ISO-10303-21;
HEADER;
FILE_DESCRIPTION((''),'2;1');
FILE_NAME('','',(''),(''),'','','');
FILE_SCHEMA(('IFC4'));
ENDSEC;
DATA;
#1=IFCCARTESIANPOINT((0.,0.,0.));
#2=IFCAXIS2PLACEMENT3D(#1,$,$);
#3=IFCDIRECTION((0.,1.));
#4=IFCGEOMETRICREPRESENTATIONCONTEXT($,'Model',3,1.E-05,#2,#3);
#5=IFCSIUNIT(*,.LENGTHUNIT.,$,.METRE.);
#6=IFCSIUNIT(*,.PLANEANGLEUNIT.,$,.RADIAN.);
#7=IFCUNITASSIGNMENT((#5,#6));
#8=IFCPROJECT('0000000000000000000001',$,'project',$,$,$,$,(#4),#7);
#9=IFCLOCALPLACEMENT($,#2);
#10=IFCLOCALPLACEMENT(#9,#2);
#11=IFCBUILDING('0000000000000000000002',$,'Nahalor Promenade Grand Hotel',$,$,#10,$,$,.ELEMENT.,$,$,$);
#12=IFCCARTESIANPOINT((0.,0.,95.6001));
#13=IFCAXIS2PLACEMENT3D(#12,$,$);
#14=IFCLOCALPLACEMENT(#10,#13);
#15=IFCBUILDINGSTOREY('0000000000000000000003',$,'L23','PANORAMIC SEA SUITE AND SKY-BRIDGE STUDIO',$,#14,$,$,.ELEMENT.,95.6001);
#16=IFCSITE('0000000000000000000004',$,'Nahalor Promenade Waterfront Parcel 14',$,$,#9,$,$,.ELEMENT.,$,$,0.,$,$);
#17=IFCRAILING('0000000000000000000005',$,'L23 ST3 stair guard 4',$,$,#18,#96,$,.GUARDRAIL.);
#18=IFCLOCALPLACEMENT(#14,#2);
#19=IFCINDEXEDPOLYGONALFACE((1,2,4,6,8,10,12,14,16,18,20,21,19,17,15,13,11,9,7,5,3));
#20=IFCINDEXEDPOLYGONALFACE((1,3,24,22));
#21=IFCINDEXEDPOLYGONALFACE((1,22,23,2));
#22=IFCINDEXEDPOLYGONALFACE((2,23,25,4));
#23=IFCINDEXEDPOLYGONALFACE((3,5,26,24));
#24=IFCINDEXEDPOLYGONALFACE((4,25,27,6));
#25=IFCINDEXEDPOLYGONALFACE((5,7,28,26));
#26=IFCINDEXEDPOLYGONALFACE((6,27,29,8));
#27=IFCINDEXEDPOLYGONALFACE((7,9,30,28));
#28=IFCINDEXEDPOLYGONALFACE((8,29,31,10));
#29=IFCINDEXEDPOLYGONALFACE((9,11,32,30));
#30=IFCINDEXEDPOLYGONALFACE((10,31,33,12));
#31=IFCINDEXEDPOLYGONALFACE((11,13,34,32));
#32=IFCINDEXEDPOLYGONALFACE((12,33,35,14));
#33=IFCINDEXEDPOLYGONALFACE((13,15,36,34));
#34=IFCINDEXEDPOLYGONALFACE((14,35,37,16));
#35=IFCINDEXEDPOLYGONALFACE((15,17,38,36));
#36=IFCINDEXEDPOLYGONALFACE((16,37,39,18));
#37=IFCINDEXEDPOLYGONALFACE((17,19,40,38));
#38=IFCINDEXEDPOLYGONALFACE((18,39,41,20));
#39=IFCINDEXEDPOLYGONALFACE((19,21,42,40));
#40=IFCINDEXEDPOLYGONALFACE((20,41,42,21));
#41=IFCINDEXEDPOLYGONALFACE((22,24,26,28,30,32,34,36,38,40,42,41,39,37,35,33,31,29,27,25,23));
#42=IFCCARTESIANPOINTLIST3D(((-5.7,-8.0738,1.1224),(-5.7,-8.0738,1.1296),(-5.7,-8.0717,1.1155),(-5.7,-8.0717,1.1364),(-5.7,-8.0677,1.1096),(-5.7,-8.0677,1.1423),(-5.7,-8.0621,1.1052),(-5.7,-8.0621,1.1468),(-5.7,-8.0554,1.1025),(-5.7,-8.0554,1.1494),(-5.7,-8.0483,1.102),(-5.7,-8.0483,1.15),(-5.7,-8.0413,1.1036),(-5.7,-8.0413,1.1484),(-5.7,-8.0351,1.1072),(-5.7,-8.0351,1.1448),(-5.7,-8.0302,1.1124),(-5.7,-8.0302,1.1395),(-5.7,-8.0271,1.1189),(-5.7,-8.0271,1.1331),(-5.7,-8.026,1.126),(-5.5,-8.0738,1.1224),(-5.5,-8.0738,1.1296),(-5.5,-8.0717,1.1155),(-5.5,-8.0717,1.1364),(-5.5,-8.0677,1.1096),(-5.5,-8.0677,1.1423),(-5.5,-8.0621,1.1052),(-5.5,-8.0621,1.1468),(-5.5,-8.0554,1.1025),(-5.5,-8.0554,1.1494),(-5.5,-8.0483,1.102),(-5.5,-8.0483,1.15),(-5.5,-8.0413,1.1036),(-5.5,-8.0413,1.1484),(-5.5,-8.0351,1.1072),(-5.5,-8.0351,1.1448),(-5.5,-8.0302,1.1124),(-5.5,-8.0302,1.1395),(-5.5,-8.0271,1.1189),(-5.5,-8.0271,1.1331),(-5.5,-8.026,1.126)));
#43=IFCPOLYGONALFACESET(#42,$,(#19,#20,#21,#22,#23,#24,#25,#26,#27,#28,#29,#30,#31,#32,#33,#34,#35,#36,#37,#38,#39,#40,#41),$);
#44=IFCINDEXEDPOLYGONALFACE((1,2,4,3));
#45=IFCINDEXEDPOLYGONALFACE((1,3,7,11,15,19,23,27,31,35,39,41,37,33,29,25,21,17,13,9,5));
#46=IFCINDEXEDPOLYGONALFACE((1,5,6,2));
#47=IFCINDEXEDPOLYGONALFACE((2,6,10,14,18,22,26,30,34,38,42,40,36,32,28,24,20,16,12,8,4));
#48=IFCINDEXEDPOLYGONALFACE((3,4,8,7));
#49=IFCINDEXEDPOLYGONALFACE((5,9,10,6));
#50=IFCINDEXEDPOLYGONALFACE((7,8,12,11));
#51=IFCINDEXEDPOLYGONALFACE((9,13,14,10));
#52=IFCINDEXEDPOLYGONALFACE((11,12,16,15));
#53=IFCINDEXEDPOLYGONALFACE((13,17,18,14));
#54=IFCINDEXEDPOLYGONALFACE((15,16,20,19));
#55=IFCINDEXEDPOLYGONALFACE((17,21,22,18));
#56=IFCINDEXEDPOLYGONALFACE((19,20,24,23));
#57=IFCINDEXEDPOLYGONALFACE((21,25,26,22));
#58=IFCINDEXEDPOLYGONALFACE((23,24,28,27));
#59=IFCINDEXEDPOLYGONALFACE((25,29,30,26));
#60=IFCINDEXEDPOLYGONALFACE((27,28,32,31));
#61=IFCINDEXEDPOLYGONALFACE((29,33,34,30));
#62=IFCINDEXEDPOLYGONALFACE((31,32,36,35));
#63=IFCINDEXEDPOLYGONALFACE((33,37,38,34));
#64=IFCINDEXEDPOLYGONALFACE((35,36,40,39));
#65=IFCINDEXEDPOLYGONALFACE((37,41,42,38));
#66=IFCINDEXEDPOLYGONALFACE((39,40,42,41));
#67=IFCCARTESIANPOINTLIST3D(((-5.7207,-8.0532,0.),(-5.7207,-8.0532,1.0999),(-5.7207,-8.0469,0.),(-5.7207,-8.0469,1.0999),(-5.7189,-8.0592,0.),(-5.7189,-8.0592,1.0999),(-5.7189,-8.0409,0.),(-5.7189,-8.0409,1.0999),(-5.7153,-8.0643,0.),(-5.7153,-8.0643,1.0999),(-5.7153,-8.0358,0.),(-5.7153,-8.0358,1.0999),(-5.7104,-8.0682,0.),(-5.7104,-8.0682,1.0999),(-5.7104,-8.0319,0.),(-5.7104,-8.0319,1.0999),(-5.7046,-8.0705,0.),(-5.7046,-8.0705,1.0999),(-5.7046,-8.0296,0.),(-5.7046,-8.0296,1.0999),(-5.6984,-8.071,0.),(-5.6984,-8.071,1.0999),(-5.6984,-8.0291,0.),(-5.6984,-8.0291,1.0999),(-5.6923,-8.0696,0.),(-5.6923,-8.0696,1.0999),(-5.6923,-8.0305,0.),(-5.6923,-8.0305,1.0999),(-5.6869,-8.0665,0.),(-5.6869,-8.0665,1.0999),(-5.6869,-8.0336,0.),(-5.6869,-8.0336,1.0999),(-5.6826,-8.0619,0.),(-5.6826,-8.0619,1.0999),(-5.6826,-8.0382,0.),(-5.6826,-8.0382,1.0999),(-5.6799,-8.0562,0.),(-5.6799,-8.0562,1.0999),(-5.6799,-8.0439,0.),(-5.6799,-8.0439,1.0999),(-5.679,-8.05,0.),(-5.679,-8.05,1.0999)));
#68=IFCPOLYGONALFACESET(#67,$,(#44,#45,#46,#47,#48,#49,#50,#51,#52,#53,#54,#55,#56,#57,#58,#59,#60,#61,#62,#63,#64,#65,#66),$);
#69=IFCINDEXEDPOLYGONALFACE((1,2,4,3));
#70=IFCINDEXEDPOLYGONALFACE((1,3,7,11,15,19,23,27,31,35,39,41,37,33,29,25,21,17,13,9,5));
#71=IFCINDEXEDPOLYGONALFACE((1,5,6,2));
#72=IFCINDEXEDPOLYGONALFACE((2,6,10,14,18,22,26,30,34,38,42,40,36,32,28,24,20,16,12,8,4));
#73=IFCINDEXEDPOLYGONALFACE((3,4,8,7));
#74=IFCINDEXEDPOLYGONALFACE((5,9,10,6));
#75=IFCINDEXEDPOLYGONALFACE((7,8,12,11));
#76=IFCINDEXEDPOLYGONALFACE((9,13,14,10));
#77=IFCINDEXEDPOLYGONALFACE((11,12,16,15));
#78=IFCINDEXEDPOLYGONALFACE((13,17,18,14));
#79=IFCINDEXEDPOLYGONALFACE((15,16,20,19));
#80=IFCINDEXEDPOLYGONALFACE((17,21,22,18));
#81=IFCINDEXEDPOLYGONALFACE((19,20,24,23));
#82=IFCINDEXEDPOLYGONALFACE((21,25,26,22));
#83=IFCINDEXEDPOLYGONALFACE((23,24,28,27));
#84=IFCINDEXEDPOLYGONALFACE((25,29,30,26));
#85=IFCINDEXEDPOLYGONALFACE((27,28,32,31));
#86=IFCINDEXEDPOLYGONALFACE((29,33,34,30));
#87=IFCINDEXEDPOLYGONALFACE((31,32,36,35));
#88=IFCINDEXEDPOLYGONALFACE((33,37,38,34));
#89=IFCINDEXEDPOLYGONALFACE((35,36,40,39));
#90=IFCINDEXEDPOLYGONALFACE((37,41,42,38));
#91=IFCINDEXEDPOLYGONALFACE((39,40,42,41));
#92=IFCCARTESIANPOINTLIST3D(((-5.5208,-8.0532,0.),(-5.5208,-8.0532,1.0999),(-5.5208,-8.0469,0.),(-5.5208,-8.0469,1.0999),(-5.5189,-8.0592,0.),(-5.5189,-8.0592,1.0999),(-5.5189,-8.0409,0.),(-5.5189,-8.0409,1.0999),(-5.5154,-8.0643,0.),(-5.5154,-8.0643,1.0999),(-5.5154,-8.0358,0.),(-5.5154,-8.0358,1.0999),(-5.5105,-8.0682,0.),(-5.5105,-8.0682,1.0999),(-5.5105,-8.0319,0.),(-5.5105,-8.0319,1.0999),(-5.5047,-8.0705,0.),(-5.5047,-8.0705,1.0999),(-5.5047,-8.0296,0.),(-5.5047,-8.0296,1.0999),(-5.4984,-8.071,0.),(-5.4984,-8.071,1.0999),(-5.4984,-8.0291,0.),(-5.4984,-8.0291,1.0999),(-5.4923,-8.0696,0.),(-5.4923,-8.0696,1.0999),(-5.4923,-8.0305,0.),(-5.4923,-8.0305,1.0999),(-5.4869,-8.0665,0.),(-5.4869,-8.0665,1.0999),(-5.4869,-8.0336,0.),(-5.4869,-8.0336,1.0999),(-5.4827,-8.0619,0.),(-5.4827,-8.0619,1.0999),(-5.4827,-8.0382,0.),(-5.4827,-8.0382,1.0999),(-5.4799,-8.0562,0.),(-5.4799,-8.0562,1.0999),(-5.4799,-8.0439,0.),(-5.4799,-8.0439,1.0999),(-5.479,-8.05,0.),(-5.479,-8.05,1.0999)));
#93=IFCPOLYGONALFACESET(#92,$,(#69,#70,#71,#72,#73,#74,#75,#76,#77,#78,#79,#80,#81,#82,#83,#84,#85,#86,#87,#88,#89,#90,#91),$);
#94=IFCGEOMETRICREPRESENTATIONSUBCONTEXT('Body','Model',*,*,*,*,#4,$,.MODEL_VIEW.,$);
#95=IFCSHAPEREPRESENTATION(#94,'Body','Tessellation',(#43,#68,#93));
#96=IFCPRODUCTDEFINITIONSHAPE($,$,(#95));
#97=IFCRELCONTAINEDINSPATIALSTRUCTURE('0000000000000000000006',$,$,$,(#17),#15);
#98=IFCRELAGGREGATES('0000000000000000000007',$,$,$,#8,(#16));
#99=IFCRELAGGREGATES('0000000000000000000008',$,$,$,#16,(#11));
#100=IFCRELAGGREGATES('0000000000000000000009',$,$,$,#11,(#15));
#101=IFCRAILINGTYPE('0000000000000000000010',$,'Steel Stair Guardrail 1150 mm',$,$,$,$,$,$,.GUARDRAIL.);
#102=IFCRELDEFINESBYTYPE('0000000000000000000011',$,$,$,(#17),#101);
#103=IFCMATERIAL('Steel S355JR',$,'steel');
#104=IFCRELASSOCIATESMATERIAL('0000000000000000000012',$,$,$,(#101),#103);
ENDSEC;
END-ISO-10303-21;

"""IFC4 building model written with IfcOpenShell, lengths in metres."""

from ifc_helpers import new_model, si_unit, direction, frame, origin, origin_2d, place, context, subcontext, project, spatial, circle, extrude, material, type_object, element, save


model = new_model("IFC4")

# Units and contexts
model_context = context("Model", 3, precision=1e-05, world=origin(), true_north=direction((0.0, 1.0)))
body_context = subcontext(model_context, "Body", "Model", "MODEL_VIEW")
ifc_project = project(units=[si_unit("LENGTHUNIT", "METRE"), si_unit("PLANEANGLEUNIT", "RADIAN")], contexts=[model_context])

# Site, building, storey
site_placement = place(None, origin())
site = spatial("IfcSite", under=ifc_project, at=site_placement, Name="Nahalor Promenade Waterfront Parcel 14", CompositionType="ELEMENT", RefElevation=0.0)
building_placement = place(site_placement, origin())
building = spatial("IfcBuilding", under=site, at=building_placement, Name="Nahalor Promenade Grand Hotel", CompositionType="ELEMENT")
storey_placement = place(building_placement, frame((0.0, 0.0, 95.6001)))
storey = spatial("IfcBuildingStorey", under=building, at=storey_placement, Name="L23", Description="PANORAMIC SEA SUITE AND SKY-BRIDGE STUDIO", CompositionType="ELEMENT", Elevation=95.6001)

# Shared definitions
ifc_material_1 = material(Name="Steel S355JR", Category="steel")

# Railing
railing_type_1 = type_object("IfcRailingType", Name="Steel Stair Guardrail 1150 mm", PredefinedType="GUARDRAIL", material=ifc_material_1)
railing_1_placement = place(storey_placement, frame((-5.7, -8.05, 0.0)))
element("IfcRailing", 1, at=railing_1_placement, inside=storey, type_object=railing_type_1, Name="L23 ST3 stair guard 4", PredefinedType="GUARDRAIL", context=body_context, shape_type="SweptSolid", body=[
    extrude(circle(Radius=0.024, at=origin_2d()), frame((0.0, 0.0, 1.126), z_axis=(1.0, 0.0, 0.0), x_axis=(0.0, 1.0, 0.0)), (0.0, 0.0, 1.0), 0.2),
    extrude(circle(Radius=0.021, at=origin_2d()), origin(), (0.0, 0.0, 1.0), 1.0999),
    extrude(circle(Radius=0.021, at=origin_2d()), frame((0.2, 0.0, 0.0)), (0.0, 0.0, 1.0), 1.0999),
])

save(model, "model.ifc")
